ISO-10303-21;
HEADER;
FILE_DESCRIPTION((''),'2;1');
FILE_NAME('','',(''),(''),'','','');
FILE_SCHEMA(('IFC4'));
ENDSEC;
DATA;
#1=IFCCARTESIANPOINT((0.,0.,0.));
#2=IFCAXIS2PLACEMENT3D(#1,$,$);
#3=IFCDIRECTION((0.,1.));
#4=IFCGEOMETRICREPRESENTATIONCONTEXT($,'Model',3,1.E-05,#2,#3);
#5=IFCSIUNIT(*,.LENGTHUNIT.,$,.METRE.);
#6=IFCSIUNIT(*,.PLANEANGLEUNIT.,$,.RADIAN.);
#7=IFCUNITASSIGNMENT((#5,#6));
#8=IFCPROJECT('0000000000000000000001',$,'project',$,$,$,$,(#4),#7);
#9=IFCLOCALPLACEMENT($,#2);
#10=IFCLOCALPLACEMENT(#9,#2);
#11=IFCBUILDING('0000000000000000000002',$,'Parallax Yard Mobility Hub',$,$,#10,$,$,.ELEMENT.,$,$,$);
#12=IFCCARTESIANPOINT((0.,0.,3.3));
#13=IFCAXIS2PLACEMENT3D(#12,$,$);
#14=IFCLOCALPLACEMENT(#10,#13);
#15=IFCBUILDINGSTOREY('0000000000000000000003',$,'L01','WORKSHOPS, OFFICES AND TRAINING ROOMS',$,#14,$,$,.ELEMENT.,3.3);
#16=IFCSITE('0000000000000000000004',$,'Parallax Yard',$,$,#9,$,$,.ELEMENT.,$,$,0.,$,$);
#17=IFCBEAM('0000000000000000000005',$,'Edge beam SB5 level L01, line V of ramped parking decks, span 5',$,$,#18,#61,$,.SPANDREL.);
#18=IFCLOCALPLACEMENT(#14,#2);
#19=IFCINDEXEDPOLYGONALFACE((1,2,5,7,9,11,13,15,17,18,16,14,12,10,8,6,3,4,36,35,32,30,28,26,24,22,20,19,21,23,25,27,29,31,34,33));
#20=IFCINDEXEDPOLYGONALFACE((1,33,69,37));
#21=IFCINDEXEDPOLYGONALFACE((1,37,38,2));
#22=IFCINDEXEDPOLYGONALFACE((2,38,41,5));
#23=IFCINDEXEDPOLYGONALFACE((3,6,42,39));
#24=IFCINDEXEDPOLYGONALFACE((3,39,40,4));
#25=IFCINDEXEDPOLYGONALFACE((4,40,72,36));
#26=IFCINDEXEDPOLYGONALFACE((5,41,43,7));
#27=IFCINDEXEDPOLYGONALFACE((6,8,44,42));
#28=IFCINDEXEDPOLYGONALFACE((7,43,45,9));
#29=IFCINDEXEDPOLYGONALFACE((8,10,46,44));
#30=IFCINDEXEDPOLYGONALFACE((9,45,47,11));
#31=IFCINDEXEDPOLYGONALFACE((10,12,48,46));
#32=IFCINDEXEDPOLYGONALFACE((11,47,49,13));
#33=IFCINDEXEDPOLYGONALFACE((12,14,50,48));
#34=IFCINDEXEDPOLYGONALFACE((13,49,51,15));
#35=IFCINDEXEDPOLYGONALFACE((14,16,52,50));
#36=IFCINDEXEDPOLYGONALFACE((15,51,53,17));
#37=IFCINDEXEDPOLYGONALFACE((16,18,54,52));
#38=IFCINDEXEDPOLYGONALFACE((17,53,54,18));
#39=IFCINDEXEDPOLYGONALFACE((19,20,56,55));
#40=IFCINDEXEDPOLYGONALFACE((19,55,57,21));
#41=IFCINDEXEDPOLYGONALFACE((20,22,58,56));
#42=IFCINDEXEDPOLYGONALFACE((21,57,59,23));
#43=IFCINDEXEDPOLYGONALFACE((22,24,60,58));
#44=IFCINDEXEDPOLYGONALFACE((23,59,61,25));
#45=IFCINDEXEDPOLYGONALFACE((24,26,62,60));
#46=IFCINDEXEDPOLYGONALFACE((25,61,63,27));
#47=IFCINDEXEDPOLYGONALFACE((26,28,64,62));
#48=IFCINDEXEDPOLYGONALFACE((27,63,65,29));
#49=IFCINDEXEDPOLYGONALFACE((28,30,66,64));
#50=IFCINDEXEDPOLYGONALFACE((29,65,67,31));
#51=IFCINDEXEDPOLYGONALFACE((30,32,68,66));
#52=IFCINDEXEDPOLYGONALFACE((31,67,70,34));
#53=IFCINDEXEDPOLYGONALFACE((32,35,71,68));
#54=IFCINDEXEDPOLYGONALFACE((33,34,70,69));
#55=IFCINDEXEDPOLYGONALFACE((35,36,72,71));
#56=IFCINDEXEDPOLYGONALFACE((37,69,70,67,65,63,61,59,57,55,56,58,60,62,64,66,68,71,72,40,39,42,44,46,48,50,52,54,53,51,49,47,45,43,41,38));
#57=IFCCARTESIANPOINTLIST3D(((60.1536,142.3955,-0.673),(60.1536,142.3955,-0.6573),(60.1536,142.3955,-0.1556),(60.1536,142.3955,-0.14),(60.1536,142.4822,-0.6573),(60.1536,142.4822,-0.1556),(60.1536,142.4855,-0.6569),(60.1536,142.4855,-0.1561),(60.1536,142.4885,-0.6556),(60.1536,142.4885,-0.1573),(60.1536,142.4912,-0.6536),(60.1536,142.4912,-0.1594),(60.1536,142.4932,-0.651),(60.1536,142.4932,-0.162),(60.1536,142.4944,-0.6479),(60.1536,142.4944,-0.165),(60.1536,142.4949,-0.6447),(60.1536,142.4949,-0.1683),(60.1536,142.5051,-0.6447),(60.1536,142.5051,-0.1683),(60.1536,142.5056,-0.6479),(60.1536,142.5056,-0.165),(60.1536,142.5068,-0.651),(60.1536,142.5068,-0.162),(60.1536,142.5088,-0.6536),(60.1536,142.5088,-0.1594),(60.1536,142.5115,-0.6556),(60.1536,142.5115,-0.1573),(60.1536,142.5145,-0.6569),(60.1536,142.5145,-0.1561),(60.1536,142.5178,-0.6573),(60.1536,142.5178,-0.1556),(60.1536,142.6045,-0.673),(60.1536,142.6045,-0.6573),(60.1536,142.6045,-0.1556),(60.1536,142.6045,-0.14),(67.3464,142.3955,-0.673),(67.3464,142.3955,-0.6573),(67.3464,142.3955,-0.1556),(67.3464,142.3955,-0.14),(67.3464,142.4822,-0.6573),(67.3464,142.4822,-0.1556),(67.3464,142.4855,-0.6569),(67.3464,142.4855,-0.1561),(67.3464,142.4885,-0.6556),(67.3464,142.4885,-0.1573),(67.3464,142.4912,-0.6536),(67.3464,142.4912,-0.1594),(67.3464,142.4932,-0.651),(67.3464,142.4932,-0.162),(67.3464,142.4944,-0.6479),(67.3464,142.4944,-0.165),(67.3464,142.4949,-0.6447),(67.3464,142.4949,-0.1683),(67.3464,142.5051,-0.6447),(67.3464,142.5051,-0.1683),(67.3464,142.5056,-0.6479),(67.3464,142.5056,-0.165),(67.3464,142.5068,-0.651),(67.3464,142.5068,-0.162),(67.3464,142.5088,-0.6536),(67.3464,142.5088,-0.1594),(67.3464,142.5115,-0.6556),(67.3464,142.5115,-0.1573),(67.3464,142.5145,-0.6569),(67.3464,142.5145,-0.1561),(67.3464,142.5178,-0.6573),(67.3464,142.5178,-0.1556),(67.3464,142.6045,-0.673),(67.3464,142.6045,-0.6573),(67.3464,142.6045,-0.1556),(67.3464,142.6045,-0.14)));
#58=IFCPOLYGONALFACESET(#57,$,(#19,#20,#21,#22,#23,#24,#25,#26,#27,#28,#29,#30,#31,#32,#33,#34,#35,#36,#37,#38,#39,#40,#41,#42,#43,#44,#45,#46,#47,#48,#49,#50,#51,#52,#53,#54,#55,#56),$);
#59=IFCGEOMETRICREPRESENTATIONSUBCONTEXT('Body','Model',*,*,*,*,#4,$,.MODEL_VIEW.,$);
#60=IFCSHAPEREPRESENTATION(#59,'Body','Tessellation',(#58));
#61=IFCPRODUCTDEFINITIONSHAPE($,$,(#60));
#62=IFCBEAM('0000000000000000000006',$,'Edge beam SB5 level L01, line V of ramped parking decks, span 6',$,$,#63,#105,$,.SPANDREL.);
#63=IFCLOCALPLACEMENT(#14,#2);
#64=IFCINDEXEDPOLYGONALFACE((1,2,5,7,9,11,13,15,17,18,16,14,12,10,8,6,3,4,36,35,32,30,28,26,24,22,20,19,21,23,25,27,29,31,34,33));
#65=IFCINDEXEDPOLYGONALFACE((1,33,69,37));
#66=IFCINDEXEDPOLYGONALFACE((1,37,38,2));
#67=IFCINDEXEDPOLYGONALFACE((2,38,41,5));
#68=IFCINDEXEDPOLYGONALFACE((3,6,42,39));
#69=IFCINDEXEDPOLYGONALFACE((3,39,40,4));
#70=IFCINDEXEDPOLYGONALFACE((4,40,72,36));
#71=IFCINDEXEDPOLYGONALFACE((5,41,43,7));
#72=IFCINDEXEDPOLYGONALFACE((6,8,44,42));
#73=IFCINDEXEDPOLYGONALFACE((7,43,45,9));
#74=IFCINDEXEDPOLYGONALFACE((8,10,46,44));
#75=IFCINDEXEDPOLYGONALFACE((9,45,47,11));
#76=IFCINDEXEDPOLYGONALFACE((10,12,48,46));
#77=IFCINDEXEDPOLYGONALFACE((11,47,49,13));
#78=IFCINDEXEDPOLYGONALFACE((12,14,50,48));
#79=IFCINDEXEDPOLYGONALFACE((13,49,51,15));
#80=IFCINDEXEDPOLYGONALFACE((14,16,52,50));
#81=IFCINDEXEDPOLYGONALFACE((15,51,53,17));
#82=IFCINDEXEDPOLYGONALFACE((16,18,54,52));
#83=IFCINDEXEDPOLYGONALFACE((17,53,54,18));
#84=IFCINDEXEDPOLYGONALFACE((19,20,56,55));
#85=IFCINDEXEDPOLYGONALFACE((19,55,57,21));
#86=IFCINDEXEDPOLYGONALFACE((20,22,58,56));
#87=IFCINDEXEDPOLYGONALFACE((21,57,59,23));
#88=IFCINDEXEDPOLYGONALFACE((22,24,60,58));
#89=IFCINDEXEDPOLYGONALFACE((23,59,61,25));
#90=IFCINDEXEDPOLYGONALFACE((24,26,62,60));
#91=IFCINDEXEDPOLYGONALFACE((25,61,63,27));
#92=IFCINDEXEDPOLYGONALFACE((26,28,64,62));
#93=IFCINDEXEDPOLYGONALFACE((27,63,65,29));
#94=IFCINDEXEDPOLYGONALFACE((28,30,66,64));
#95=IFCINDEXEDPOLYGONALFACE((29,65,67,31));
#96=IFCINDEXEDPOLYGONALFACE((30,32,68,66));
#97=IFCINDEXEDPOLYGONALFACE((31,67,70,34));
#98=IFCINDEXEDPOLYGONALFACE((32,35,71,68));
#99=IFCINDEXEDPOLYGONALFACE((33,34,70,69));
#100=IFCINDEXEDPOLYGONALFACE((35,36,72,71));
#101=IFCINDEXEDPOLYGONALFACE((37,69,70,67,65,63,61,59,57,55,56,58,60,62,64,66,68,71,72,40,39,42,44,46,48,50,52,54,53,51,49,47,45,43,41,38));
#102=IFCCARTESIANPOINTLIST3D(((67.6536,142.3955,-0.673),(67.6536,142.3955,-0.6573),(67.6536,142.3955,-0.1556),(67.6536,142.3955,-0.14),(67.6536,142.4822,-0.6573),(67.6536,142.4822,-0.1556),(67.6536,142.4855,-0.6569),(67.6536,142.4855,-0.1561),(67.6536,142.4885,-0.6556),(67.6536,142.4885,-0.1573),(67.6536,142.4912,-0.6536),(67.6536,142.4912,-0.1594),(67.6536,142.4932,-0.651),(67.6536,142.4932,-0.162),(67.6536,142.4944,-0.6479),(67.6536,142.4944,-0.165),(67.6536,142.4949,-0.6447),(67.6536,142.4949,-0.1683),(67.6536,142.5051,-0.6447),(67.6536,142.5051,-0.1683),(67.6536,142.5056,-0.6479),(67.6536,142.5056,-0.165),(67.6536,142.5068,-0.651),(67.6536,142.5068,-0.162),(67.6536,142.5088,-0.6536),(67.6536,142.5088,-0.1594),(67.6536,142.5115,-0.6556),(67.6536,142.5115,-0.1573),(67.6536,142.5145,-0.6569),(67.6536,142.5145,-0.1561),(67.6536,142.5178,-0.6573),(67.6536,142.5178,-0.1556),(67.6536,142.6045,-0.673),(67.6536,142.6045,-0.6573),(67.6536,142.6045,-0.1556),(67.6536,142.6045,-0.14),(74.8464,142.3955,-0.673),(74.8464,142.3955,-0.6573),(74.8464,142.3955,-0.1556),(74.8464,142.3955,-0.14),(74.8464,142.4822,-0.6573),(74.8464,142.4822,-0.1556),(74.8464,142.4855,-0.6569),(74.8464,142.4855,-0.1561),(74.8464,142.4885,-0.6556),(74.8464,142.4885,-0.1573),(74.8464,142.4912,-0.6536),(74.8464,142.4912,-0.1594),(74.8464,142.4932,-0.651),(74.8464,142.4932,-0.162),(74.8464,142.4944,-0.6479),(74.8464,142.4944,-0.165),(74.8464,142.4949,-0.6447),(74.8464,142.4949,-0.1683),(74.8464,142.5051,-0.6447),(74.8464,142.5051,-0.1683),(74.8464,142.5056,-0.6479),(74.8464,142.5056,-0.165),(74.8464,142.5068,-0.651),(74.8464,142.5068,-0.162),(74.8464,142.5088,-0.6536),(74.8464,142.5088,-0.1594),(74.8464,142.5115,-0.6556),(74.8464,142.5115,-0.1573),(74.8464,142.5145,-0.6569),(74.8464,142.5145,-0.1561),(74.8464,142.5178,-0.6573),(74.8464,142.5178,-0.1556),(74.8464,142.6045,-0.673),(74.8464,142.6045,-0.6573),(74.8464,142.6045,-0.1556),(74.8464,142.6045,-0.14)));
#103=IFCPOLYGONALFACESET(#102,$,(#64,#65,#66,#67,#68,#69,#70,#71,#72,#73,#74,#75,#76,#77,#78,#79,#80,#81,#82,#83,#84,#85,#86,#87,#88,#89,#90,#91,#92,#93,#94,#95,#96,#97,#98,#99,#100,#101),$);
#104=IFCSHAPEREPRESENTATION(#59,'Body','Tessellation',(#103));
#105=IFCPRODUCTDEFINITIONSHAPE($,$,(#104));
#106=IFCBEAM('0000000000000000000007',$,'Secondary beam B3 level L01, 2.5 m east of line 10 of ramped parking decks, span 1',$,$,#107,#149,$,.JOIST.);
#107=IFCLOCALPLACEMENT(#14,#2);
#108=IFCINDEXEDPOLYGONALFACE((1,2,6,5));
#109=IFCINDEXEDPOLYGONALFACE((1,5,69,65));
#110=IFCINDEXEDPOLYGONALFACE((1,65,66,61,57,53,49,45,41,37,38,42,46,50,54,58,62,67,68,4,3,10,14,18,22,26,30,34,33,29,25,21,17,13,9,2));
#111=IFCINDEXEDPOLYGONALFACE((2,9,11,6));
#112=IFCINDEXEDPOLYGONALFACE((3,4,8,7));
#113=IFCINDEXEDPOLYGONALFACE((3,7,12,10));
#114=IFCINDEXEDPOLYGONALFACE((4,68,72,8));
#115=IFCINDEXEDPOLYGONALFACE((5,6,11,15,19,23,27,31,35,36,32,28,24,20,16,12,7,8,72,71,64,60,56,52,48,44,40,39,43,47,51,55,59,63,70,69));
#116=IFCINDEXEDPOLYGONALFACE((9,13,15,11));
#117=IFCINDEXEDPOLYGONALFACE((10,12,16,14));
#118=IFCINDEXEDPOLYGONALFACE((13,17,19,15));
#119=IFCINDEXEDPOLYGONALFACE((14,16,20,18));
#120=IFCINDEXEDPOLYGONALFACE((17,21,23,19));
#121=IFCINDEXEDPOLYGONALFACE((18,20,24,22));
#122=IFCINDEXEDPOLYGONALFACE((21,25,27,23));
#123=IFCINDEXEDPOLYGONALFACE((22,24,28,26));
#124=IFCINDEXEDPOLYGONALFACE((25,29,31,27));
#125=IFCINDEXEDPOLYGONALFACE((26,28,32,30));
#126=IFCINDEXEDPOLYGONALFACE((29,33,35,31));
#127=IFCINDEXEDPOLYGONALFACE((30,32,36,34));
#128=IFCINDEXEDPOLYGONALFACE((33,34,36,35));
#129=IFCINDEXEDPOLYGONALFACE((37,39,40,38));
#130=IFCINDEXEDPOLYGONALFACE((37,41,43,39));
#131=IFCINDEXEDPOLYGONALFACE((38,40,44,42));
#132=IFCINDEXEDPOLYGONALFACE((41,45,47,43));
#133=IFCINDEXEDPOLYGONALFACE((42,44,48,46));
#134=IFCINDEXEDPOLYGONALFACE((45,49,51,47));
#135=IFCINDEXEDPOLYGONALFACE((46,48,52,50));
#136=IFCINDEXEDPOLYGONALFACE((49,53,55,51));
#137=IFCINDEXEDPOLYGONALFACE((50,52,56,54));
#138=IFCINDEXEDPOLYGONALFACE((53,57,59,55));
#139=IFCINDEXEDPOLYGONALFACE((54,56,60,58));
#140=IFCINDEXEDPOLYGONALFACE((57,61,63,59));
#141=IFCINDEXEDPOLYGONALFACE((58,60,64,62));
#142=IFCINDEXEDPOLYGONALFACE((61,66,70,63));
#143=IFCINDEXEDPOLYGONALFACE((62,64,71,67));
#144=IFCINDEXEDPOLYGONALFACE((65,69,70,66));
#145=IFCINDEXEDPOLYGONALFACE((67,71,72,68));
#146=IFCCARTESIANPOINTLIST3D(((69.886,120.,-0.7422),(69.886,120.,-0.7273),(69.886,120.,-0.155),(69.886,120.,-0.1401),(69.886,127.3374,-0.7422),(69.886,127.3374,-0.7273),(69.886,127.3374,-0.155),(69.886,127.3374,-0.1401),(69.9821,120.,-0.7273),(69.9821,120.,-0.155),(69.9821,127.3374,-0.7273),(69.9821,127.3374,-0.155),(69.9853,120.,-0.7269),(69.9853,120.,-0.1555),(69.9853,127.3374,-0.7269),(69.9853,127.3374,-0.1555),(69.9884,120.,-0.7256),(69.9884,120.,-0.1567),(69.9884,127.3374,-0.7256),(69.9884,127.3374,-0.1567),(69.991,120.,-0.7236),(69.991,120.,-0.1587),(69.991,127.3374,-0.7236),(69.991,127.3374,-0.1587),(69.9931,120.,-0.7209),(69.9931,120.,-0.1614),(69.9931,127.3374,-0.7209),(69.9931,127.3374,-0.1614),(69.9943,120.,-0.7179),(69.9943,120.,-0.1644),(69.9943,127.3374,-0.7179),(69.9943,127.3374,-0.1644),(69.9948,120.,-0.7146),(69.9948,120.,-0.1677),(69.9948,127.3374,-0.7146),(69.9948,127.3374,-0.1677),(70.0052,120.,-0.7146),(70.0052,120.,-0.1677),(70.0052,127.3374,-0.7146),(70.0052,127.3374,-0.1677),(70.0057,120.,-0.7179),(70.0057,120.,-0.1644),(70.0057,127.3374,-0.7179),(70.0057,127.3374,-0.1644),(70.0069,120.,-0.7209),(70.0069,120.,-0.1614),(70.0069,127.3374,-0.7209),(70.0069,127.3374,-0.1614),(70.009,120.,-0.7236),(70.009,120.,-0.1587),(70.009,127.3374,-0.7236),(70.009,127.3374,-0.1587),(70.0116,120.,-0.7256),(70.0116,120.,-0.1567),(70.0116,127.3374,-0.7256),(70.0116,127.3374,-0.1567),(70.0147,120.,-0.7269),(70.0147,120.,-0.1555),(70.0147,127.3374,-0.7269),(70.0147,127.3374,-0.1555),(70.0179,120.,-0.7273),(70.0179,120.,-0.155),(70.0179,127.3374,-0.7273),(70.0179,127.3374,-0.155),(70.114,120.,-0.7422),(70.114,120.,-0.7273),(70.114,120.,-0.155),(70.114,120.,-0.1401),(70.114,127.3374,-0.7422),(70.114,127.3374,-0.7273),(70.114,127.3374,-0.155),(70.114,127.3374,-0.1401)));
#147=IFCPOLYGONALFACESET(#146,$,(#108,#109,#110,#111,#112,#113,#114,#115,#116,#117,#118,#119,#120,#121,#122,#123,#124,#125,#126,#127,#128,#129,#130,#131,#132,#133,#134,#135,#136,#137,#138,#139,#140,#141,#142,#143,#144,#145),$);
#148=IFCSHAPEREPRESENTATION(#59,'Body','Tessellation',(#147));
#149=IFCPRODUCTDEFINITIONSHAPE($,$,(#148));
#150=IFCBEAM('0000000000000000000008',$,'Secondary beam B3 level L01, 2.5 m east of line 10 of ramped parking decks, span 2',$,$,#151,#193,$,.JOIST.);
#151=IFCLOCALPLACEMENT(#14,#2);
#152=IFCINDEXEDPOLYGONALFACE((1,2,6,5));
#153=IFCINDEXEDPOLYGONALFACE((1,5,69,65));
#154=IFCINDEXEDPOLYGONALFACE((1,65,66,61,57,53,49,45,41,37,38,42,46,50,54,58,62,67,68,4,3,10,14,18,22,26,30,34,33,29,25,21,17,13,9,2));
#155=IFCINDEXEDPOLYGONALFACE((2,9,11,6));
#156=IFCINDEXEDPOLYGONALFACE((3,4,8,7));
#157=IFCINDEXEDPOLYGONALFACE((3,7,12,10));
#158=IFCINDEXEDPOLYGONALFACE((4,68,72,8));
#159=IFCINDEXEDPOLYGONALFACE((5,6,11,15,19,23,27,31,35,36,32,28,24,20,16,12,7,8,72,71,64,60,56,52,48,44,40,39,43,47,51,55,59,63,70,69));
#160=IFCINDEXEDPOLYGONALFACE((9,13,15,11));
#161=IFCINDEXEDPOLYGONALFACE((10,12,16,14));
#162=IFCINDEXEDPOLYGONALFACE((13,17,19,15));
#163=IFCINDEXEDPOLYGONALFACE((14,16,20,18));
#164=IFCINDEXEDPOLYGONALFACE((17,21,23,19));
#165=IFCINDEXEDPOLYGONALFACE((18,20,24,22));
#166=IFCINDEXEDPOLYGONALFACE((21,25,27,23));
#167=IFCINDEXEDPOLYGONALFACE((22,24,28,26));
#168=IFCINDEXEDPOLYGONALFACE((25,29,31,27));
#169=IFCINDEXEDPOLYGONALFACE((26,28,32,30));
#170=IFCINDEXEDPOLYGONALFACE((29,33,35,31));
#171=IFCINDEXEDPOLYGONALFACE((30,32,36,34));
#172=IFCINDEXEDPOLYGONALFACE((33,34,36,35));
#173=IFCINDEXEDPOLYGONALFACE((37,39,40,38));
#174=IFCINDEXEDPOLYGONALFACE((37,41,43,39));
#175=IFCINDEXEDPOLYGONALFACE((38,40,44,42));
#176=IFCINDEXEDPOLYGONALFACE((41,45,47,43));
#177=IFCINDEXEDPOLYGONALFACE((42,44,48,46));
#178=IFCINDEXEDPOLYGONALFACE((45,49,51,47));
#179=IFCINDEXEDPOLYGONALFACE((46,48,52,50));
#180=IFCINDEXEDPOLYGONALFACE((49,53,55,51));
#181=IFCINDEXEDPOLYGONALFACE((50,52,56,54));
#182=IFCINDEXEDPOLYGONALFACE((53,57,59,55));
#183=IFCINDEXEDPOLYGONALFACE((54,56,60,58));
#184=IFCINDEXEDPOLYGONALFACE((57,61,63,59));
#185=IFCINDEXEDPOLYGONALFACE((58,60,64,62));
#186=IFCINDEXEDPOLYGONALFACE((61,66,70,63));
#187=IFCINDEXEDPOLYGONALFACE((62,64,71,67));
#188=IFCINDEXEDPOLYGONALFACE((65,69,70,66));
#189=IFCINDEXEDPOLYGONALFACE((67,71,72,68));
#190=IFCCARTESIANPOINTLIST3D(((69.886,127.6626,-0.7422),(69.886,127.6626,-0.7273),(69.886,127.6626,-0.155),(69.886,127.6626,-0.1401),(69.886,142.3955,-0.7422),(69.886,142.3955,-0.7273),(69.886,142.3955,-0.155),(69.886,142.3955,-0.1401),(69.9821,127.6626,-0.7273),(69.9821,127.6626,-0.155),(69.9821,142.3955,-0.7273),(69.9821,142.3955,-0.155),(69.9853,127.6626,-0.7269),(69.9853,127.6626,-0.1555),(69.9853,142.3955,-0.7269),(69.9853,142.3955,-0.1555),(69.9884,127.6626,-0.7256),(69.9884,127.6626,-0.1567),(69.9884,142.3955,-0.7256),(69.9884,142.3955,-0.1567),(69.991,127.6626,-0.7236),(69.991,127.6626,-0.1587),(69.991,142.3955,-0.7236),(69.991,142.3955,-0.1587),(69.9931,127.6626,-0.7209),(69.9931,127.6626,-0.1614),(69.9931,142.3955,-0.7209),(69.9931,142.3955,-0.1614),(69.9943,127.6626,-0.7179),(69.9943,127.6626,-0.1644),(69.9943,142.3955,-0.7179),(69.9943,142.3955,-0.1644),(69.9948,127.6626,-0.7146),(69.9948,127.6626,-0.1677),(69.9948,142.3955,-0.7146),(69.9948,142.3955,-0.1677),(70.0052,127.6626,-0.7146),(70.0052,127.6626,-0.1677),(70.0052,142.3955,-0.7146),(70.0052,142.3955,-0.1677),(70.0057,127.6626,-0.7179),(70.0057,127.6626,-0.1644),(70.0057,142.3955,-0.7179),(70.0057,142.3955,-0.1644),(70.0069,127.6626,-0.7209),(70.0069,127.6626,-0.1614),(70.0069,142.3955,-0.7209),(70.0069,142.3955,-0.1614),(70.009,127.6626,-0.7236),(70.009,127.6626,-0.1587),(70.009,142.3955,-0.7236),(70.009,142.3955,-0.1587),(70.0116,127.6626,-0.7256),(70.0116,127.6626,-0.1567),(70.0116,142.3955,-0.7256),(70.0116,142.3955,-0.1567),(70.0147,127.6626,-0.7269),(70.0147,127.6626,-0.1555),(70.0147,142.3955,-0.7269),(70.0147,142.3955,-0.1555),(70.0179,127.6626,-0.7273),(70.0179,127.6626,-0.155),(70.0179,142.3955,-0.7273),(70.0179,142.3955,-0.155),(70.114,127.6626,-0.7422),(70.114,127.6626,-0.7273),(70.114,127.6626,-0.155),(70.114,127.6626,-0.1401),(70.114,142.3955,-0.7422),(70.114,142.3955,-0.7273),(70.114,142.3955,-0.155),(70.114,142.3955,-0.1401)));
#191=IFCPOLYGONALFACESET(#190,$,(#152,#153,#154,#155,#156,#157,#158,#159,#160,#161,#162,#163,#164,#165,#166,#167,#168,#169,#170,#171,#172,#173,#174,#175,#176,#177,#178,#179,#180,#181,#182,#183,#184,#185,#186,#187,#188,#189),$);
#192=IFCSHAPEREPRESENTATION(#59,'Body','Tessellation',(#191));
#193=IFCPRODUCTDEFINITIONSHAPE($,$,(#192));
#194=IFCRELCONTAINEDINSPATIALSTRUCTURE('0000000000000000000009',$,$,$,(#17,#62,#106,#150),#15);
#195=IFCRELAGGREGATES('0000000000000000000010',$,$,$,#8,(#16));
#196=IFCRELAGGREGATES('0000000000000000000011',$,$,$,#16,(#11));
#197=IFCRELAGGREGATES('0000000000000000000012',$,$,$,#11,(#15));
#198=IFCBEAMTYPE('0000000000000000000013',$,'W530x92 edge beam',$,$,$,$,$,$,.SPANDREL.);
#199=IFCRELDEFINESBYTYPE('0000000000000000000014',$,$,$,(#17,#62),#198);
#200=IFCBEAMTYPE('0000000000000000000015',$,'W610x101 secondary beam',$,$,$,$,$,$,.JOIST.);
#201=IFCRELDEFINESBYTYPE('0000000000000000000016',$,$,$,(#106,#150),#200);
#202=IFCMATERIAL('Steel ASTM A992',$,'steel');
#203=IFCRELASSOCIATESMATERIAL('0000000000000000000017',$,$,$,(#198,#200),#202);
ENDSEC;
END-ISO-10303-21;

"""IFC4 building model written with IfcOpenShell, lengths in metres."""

from ifc_helpers import new_model, si_unit, direction, frame, origin, origin_2d, place, context, subcontext, project, spatial, i_section, extrude, material, material_profile, profile_set, type_object, element, save


model = new_model("IFC4")

# Units and contexts
model_context = context("Model", 3, precision=1e-05, world=origin(), true_north=direction((0.0, 1.0)))
body_context = subcontext(model_context, "Body", "Model", "MODEL_VIEW")
ifc_project = project(units=[si_unit("LENGTHUNIT", "METRE"), si_unit("PLANEANGLEUNIT", "RADIAN")], contexts=[model_context])

# Site, building, storey
site_placement = place(None, origin())
site = spatial("IfcSite", under=ifc_project, at=site_placement, Name="Parallax Yard", CompositionType="ELEMENT", RefElevation=0.0)
building_placement = place(site_placement, origin())
building = spatial("IfcBuilding", under=site, at=building_placement, Name="Parallax Yard Mobility Hub", CompositionType="ELEMENT")
storey_placement = place(building_placement, frame((0.0, 0.0, 3.3)))
storey = spatial("IfcBuildingStorey", under=building, at=storey_placement, Name="L01", Description="WORKSHOPS, OFFICES AND TRAINING ROOMS", CompositionType="ELEMENT", Elevation=3.3)

# Shared definitions
ifc_material_1 = material(Name="Steel ASTM A992", Category="steel")

# Beams
ifc_material_profile_1 = material_profile(ifc_material_1, i_section(OverallWidth=0.209, OverallDepth=0.533, WebThickness=0.0103, FlangeThickness=0.0156, FilletRadius=0.0127, at=origin_2d()), Name="W530x92")
ifc_profile_set_1 = profile_set([ifc_material_profile_1], Name="Steel ASTM A992")
beam_type_1 = type_object("IfcBeamType", Name="W530x92 edge beam", PredefinedType="SPANDREL", material=ifc_profile_set_1)
for number, where, z_axis, x_axis, name in (
    (1, (60.1536, 142.5, -0.4065), (1.0, 0.0, 0.0), (0.0, 1.0, 0.0), "Edge beam SB5 level L01, line V of ramped parking decks, span 5"),
    (2, (67.6536, 142.5, -0.4065), (1.0, 0.0, 0.0), (0.0, 1.0, 0.0), "Edge beam SB5 level L01, line V of ramped parking decks, span 6"),
):
    element("IfcBeam", number, at=place(storey_placement, frame(where, z_axis=z_axis, x_axis=x_axis)), inside=storey, type_object=beam_type_1, Name=name, PredefinedType="SPANDREL", context=body_context, shape_type="SweptSolid", body=[
        extrude(i_section(OverallWidth=0.209, OverallDepth=0.533, WebThickness=0.0103, FlangeThickness=0.0156, FilletRadius=0.0127, at=origin_2d()), origin(), (0.0, 0.0, 1.0), 7.1929),
    ])
ifc_material_profile_2 = material_profile(ifc_material_1, i_section(OverallWidth=0.228, OverallDepth=0.6021, WebThickness=0.0105, FlangeThickness=0.0149, FilletRadius=0.0127, at=origin_2d()), Name="W610x101")
ifc_profile_set_2 = profile_set([ifc_material_profile_2], Name="Steel ASTM A992")
beam_type_2 = type_object("IfcBeamType", Name="W610x101 secondary beam", PredefinedType="JOIST", material=ifc_profile_set_2)
beam_1_placement = place(storey_placement, frame((70.0, 120.0, -0.4412), z_axis=(0.0, 1.0, 0.0), x_axis=(-1.0, 0.0, 0.0)))
element("IfcBeam", 3, at=beam_1_placement, inside=storey, type_object=beam_type_2, Name="Secondary beam B3 level L01, 2.5 m east of line 10 of ramped parking decks, span 1", PredefinedType="JOIST", context=body_context, shape_type="SweptSolid", body=[
    extrude(i_section(OverallWidth=0.228, OverallDepth=0.6021, WebThickness=0.0105, FlangeThickness=0.0149, FilletRadius=0.0127, at=origin_2d()), origin(), (0.0, 0.0, 1.0), 7.3374),
])
for number, where, z_axis, x_axis, name in (
    (4, (70.0, 127.6626, -0.4412), (0.0, 1.0, 0.0), (-1.0, 0.0, 0.0), "Secondary beam B3 level L01, 2.5 m east of line 10 of ramped parking decks, span 2"),
):
    element("IfcBeam", number, at=place(storey_placement, frame(where, z_axis=z_axis, x_axis=x_axis)), inside=storey, type_object=beam_type_2, Name=name, PredefinedType="JOIST", context=body_context, shape_type="SweptSolid", body=[
        extrude(i_section(OverallWidth=0.228, OverallDepth=0.6021, WebThickness=0.0105, FlangeThickness=0.0149, FilletRadius=0.0127, at=origin_2d()), origin(), (0.0, 0.0, 1.0), 14.7329),
    ])

save(model, "model.ifc")
